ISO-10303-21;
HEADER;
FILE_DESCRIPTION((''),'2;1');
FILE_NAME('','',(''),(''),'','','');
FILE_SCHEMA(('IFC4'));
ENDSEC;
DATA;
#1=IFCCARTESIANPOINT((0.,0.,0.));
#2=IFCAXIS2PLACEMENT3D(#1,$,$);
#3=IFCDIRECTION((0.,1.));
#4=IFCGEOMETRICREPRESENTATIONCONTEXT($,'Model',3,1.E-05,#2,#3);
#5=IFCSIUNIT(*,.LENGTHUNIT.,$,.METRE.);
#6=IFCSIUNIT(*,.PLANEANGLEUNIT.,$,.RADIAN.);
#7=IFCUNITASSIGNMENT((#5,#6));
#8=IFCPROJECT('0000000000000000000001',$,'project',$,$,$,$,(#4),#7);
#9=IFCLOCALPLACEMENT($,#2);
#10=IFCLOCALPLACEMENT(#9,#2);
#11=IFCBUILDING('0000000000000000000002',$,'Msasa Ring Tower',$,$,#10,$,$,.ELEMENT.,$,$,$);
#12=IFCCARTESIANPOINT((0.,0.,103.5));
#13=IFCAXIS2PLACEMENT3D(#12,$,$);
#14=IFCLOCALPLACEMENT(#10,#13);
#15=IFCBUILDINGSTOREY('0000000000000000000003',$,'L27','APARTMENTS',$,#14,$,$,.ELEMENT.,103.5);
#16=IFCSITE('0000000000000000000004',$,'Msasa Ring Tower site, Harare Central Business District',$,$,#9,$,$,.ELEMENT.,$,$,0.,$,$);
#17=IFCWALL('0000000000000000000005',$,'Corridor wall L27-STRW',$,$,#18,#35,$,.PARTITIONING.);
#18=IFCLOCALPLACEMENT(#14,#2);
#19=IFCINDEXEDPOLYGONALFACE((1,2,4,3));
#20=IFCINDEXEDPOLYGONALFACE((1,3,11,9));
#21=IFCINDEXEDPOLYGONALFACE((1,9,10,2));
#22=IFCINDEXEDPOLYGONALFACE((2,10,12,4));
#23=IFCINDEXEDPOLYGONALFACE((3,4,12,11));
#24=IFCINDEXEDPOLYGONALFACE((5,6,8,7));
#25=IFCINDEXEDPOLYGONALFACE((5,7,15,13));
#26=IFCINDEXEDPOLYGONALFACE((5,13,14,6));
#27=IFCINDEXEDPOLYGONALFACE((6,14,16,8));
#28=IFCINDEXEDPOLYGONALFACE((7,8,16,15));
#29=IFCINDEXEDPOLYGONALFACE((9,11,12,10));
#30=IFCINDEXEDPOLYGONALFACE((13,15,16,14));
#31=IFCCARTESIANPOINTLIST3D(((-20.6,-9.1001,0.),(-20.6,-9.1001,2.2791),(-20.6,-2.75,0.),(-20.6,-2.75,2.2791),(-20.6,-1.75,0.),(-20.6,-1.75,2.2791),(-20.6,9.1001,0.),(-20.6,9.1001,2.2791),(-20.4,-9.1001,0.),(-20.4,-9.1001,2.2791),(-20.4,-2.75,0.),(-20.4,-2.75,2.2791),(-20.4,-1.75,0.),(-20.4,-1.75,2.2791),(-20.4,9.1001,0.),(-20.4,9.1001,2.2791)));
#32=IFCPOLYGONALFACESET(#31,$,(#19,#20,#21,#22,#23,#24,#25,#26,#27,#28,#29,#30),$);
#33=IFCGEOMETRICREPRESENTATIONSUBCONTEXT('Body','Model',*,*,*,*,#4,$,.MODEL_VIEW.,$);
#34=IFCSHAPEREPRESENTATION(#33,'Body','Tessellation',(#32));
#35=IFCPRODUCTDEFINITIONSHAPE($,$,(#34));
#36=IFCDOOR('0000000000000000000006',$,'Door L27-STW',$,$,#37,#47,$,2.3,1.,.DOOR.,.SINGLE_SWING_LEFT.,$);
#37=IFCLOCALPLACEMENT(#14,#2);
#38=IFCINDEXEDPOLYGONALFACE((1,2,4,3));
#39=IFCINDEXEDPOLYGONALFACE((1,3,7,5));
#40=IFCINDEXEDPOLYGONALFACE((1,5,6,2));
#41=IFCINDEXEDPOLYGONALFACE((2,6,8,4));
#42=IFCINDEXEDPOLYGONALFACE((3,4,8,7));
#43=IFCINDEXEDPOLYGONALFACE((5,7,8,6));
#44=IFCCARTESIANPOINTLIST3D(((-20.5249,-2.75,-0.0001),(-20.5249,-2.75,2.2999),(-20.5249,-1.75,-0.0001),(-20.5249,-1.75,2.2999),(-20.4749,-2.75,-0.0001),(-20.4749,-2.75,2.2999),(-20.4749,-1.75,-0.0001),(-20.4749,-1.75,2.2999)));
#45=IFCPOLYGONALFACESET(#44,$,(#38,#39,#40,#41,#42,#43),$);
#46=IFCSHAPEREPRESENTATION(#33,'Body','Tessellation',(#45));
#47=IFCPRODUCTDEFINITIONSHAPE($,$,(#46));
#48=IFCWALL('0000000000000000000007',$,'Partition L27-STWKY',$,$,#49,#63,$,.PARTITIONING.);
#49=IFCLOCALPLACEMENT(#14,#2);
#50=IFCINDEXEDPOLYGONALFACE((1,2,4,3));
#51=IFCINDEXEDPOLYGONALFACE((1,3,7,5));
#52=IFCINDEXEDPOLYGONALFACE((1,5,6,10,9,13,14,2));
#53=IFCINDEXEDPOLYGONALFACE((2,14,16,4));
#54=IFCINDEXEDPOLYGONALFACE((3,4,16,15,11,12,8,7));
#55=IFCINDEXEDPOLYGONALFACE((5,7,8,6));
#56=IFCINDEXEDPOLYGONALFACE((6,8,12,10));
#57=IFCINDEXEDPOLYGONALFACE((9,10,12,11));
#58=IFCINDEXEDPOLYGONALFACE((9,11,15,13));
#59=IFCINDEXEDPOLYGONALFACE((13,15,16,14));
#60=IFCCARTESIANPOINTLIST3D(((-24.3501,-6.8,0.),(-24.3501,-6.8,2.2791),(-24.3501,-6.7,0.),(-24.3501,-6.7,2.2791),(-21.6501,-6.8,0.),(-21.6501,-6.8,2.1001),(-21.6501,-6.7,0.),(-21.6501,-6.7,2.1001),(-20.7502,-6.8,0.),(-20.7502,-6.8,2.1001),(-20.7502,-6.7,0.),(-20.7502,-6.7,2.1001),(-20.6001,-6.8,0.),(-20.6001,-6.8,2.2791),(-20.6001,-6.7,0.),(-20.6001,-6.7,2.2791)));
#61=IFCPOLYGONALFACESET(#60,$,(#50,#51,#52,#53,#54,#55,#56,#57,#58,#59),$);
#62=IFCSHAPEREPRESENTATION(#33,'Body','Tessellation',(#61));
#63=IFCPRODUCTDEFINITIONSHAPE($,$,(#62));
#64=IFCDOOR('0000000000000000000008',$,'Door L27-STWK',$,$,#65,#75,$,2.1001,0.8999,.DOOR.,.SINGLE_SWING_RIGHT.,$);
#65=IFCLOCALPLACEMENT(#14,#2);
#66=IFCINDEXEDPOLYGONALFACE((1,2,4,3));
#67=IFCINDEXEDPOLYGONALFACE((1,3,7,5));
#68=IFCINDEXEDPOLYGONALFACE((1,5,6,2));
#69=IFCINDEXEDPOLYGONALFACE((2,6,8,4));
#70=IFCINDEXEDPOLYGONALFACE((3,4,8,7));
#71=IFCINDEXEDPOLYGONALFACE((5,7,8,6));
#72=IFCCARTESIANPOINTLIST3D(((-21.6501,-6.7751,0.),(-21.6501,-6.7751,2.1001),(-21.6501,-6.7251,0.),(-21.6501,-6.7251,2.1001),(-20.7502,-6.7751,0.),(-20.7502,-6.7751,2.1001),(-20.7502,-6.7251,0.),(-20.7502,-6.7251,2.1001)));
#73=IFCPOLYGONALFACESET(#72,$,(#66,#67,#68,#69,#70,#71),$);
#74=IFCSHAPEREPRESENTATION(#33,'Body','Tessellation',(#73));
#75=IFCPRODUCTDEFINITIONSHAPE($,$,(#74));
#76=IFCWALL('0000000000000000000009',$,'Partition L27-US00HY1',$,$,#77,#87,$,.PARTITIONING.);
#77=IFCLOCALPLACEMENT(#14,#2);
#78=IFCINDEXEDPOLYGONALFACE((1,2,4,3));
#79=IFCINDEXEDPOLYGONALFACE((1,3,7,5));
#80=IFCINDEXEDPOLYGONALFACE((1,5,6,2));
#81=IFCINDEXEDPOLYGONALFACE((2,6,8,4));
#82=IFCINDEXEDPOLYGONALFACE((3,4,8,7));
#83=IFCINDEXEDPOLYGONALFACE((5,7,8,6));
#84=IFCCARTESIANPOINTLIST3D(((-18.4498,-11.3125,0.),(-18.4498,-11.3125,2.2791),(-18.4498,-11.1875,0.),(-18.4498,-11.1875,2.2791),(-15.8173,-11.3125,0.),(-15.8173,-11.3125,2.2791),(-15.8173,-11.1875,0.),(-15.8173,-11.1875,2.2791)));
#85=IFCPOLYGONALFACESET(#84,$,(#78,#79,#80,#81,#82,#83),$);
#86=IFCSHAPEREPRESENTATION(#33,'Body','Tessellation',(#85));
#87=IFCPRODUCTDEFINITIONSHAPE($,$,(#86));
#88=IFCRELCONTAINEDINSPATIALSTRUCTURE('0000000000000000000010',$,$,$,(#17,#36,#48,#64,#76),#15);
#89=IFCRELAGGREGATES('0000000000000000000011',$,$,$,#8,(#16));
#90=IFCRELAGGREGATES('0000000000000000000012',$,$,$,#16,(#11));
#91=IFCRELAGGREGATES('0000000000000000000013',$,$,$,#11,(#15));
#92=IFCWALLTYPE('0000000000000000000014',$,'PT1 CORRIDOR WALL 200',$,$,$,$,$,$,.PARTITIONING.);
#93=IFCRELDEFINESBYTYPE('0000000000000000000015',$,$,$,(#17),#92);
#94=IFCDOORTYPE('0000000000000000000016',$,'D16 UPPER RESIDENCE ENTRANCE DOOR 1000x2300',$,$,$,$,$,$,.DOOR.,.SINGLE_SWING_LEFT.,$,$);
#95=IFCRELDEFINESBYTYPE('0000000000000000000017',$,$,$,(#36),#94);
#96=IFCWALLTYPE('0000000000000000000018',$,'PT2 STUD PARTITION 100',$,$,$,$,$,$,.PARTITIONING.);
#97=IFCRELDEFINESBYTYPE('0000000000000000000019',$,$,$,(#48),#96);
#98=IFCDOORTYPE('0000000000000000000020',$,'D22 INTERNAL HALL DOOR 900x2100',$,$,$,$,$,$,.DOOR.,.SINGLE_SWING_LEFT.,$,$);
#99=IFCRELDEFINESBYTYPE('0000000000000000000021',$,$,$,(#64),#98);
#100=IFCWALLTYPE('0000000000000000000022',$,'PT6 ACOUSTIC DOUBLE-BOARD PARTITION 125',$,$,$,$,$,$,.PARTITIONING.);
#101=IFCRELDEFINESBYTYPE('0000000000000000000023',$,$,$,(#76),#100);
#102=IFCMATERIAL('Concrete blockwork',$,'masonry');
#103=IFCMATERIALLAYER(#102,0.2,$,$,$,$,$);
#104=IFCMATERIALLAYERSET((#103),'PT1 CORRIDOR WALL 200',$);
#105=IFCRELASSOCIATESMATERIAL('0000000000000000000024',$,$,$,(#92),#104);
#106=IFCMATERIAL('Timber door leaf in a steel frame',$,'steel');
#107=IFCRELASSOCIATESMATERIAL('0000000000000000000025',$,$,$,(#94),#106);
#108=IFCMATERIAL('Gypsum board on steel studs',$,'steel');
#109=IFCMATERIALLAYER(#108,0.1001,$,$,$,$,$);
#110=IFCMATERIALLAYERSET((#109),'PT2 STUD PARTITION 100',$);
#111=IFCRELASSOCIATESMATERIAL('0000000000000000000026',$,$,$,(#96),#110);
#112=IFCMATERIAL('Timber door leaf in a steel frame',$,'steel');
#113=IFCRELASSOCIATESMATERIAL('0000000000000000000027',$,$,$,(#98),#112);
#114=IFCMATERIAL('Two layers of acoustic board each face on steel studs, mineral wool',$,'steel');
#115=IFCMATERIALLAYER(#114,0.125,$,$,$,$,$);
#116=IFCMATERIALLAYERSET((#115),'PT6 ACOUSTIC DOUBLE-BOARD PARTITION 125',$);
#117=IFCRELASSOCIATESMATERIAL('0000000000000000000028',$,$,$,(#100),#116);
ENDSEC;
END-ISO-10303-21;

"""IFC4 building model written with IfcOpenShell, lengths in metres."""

from ifc_helpers import new_model, si_unit, direction, frame, frame_2d, origin, place, context, subcontext, project, spatial, rectangle, extrude, material, layer, layer_set, type_object, element, fill, save


model = new_model("IFC4")

# Units and contexts
model_context = context("Model", 3, precision=1e-05, world=origin(), true_north=direction((0.0, 1.0)))
body_context = subcontext(model_context, "Body", "Model", "MODEL_VIEW")
ifc_project = project(units=[si_unit("LENGTHUNIT", "METRE"), si_unit("PLANEANGLEUNIT", "RADIAN")], contexts=[model_context])

# Site, building, storey
site_placement = place(None, origin())
site = spatial("IfcSite", under=ifc_project, at=site_placement, Name="Msasa Ring Tower site, Harare Central Business District", CompositionType="ELEMENT", RefElevation=0.0)
building_placement = place(site_placement, origin())
building = spatial("IfcBuilding", under=site, at=building_placement, Name="Msasa Ring Tower", CompositionType="ELEMENT")
storey_placement = place(building_placement, frame((0.0, 0.0, 103.5)))
storey = spatial("IfcBuildingStorey", under=building, at=storey_placement, Name="L27", Description="APARTMENTS", CompositionType="ELEMENT", Elevation=103.5)

# Shared definitions
ifc_material_1 = material(Name="Concrete blockwork", Category="masonry")
ifc_layer_1 = layer(ifc_material_1, 0.2)
ifc_layer_set_1 = layer_set([ifc_layer_1], Name="PT1 CORRIDOR WALL 200")
wall_type_1 = type_object("IfcWallType", Name="PT1 CORRIDOR WALL 200", PredefinedType="PARTITIONING", material=ifc_layer_set_1)
ifc_material_2 = material(Name="Timber door leaf in a steel frame", Category="steel")
door_type_1 = type_object("IfcDoorType", Name="D16 UPPER RESIDENCE ENTRANCE DOOR 1000x2300", OperationType="SINGLE_SWING_LEFT", PredefinedType="DOOR", material=ifc_material_2)

# Walls, openings, doors
wall_1_placement = place(storey_placement, frame((-20.5, -9.1001, 0.0), z_axis=(0.0, 0.0, 1.0), x_axis=(0.0, 1.0, 0.0)))
wall_1 = element("IfcWall", 1, at=wall_1_placement, inside=storey, type_object=wall_type_1, Name="Corridor wall L27-STRW", PredefinedType="PARTITIONING", context=body_context, shape_type="SweptSolid", body=[
    extrude(rectangle(XDim=18.2002, YDim=0.2, at=frame_2d((9.1001, 0.0))), origin(), (0.0, 0.0, 1.0), 2.2791),
])
opening_1_placement = place(wall_1_placement, frame((6.3501, 0.0, 0.0)))
opening_1 = element("IfcOpeningElement", 2, at=opening_1_placement, cuts=wall_1, PredefinedType="OPENING", context=body_context, shape_type="SweptSolid", body=[
    extrude(rectangle(XDim=1.0, YDim=2.3, at=frame_2d((0.5, 1.1499))), frame((0.0, 0.1099, 0.0), z_axis=(0.0, -1.0, 0.0), x_axis=(1.0, 0.0, 0.0)), (0.0, 0.0, 1.0), 0.22),
])
door_1_placement = place(opening_1_placement, origin())
door_1 = element("IfcDoor", 3, at=door_1_placement, inside=storey, type_object=door_type_1, Name="Door L27-STW", OperationType="SINGLE_SWING_LEFT", OverallHeight=2.3, OverallWidth=1.0, PredefinedType="DOOR", context=body_context, shape_type="SweptSolid", body=[
    extrude(rectangle(XDim=1.0, YDim=2.3, at=frame_2d((0.5, 1.1499))), frame((0.0, 0.0249, 0.0), z_axis=(0.0, -1.0, 0.0), x_axis=(1.0, 0.0, 0.0)), (0.0, 0.0, 1.0), 0.05),
])
fill(opening_1, door_1)
ifc_material_3 = material(Name="Gypsum board on steel studs", Category="steel")
ifc_layer_2 = layer(ifc_material_3, 0.1001)
ifc_layer_set_2 = layer_set([ifc_layer_2], Name="PT2 STUD PARTITION 100")
wall_type_2 = type_object("IfcWallType", Name="PT2 STUD PARTITION 100", PredefinedType="PARTITIONING", material=ifc_layer_set_2)
wall_2_placement = place(storey_placement, frame((-24.3501, -6.75, 0.0), z_axis=(0.0, 0.0, 1.0), x_axis=(1.0, 0.0, 0.0)))
wall_2 = element("IfcWall", 4, at=wall_2_placement, inside=storey, type_object=wall_type_2, Name="Partition L27-STWKY", PredefinedType="PARTITIONING", context=body_context, shape_type="SweptSolid", body=[
    extrude(rectangle(XDim=3.75, YDim=0.1001, at=frame_2d((1.875, 0.0))), origin(), (0.0, 0.0, 1.0), 2.2791),
])
opening_2_placement = place(wall_2_placement, frame((2.7, 0.0, 0.0)))
opening_2 = element("IfcOpeningElement", 5, at=opening_2_placement, cuts=wall_2, PredefinedType="OPENING", context=body_context, shape_type="SweptSolid", body=[
    extrude(rectangle(XDim=0.8999, YDim=2.1001, at=frame_2d((0.45, 1.05))), frame((0.0, 0.0601, 0.0), z_axis=(0.0, -1.0, 0.0), x_axis=(1.0, 0.0, 0.0)), (0.0, 0.0, 1.0), 0.1201),
])
ifc_material_4 = material(Name="Timber door leaf in a steel frame", Category="steel")
door_type_2 = type_object("IfcDoorType", Name="D22 INTERNAL HALL DOOR 900x2100", OperationType="SINGLE_SWING_LEFT", PredefinedType="DOOR", material=ifc_material_4)
door_2_placement = place(opening_2_placement, origin())
door_2 = element("IfcDoor", 6, at=door_2_placement, inside=storey, type_object=door_type_2, Name="Door L27-STWK", OperationType="SINGLE_SWING_RIGHT", OverallHeight=2.1001, OverallWidth=0.8999, PredefinedType="DOOR", context=body_context, shape_type="SweptSolid", body=[
    extrude(rectangle(XDim=0.8999, YDim=2.1001, at=frame_2d((0.45, 1.05))), frame((0.0, 0.0249, 0.0), z_axis=(0.0, -1.0, 0.0), x_axis=(1.0, 0.0, 0.0)), (0.0, 0.0, 1.0), 0.05),
])
fill(opening_2, door_2)

# Wall
ifc_material_5 = material(Name="Two layers of acoustic board each face on steel studs, mineral wool", Category="steel")
ifc_layer_3 = layer(ifc_material_5, 0.125)
ifc_layer_set_3 = layer_set([ifc_layer_3], Name="PT6 ACOUSTIC DOUBLE-BOARD PARTITION 125")
wall_type_3 = type_object("IfcWallType", Name="PT6 ACOUSTIC DOUBLE-BOARD PARTITION 125", PredefinedType="PARTITIONING", material=ifc_layer_set_3)
wall_3_placement = place(storey_placement, frame((-18.45, -11.25, 0.0), z_axis=(0.0, 0.0, 1.0), x_axis=(1.0, 0.0, 0.0)))
element("IfcWall", 7, at=wall_3_placement, inside=storey, type_object=wall_type_3, Name="Partition L27-US00HY1", PredefinedType="PARTITIONING", context=body_context, shape_type="SweptSolid", body=[
    extrude(rectangle(XDim=2.6326, YDim=0.125, at=frame_2d((1.3164, 0.0))), origin(), (0.0, 0.0, 1.0), 2.2791),
])

save(model, "model.ifc")
